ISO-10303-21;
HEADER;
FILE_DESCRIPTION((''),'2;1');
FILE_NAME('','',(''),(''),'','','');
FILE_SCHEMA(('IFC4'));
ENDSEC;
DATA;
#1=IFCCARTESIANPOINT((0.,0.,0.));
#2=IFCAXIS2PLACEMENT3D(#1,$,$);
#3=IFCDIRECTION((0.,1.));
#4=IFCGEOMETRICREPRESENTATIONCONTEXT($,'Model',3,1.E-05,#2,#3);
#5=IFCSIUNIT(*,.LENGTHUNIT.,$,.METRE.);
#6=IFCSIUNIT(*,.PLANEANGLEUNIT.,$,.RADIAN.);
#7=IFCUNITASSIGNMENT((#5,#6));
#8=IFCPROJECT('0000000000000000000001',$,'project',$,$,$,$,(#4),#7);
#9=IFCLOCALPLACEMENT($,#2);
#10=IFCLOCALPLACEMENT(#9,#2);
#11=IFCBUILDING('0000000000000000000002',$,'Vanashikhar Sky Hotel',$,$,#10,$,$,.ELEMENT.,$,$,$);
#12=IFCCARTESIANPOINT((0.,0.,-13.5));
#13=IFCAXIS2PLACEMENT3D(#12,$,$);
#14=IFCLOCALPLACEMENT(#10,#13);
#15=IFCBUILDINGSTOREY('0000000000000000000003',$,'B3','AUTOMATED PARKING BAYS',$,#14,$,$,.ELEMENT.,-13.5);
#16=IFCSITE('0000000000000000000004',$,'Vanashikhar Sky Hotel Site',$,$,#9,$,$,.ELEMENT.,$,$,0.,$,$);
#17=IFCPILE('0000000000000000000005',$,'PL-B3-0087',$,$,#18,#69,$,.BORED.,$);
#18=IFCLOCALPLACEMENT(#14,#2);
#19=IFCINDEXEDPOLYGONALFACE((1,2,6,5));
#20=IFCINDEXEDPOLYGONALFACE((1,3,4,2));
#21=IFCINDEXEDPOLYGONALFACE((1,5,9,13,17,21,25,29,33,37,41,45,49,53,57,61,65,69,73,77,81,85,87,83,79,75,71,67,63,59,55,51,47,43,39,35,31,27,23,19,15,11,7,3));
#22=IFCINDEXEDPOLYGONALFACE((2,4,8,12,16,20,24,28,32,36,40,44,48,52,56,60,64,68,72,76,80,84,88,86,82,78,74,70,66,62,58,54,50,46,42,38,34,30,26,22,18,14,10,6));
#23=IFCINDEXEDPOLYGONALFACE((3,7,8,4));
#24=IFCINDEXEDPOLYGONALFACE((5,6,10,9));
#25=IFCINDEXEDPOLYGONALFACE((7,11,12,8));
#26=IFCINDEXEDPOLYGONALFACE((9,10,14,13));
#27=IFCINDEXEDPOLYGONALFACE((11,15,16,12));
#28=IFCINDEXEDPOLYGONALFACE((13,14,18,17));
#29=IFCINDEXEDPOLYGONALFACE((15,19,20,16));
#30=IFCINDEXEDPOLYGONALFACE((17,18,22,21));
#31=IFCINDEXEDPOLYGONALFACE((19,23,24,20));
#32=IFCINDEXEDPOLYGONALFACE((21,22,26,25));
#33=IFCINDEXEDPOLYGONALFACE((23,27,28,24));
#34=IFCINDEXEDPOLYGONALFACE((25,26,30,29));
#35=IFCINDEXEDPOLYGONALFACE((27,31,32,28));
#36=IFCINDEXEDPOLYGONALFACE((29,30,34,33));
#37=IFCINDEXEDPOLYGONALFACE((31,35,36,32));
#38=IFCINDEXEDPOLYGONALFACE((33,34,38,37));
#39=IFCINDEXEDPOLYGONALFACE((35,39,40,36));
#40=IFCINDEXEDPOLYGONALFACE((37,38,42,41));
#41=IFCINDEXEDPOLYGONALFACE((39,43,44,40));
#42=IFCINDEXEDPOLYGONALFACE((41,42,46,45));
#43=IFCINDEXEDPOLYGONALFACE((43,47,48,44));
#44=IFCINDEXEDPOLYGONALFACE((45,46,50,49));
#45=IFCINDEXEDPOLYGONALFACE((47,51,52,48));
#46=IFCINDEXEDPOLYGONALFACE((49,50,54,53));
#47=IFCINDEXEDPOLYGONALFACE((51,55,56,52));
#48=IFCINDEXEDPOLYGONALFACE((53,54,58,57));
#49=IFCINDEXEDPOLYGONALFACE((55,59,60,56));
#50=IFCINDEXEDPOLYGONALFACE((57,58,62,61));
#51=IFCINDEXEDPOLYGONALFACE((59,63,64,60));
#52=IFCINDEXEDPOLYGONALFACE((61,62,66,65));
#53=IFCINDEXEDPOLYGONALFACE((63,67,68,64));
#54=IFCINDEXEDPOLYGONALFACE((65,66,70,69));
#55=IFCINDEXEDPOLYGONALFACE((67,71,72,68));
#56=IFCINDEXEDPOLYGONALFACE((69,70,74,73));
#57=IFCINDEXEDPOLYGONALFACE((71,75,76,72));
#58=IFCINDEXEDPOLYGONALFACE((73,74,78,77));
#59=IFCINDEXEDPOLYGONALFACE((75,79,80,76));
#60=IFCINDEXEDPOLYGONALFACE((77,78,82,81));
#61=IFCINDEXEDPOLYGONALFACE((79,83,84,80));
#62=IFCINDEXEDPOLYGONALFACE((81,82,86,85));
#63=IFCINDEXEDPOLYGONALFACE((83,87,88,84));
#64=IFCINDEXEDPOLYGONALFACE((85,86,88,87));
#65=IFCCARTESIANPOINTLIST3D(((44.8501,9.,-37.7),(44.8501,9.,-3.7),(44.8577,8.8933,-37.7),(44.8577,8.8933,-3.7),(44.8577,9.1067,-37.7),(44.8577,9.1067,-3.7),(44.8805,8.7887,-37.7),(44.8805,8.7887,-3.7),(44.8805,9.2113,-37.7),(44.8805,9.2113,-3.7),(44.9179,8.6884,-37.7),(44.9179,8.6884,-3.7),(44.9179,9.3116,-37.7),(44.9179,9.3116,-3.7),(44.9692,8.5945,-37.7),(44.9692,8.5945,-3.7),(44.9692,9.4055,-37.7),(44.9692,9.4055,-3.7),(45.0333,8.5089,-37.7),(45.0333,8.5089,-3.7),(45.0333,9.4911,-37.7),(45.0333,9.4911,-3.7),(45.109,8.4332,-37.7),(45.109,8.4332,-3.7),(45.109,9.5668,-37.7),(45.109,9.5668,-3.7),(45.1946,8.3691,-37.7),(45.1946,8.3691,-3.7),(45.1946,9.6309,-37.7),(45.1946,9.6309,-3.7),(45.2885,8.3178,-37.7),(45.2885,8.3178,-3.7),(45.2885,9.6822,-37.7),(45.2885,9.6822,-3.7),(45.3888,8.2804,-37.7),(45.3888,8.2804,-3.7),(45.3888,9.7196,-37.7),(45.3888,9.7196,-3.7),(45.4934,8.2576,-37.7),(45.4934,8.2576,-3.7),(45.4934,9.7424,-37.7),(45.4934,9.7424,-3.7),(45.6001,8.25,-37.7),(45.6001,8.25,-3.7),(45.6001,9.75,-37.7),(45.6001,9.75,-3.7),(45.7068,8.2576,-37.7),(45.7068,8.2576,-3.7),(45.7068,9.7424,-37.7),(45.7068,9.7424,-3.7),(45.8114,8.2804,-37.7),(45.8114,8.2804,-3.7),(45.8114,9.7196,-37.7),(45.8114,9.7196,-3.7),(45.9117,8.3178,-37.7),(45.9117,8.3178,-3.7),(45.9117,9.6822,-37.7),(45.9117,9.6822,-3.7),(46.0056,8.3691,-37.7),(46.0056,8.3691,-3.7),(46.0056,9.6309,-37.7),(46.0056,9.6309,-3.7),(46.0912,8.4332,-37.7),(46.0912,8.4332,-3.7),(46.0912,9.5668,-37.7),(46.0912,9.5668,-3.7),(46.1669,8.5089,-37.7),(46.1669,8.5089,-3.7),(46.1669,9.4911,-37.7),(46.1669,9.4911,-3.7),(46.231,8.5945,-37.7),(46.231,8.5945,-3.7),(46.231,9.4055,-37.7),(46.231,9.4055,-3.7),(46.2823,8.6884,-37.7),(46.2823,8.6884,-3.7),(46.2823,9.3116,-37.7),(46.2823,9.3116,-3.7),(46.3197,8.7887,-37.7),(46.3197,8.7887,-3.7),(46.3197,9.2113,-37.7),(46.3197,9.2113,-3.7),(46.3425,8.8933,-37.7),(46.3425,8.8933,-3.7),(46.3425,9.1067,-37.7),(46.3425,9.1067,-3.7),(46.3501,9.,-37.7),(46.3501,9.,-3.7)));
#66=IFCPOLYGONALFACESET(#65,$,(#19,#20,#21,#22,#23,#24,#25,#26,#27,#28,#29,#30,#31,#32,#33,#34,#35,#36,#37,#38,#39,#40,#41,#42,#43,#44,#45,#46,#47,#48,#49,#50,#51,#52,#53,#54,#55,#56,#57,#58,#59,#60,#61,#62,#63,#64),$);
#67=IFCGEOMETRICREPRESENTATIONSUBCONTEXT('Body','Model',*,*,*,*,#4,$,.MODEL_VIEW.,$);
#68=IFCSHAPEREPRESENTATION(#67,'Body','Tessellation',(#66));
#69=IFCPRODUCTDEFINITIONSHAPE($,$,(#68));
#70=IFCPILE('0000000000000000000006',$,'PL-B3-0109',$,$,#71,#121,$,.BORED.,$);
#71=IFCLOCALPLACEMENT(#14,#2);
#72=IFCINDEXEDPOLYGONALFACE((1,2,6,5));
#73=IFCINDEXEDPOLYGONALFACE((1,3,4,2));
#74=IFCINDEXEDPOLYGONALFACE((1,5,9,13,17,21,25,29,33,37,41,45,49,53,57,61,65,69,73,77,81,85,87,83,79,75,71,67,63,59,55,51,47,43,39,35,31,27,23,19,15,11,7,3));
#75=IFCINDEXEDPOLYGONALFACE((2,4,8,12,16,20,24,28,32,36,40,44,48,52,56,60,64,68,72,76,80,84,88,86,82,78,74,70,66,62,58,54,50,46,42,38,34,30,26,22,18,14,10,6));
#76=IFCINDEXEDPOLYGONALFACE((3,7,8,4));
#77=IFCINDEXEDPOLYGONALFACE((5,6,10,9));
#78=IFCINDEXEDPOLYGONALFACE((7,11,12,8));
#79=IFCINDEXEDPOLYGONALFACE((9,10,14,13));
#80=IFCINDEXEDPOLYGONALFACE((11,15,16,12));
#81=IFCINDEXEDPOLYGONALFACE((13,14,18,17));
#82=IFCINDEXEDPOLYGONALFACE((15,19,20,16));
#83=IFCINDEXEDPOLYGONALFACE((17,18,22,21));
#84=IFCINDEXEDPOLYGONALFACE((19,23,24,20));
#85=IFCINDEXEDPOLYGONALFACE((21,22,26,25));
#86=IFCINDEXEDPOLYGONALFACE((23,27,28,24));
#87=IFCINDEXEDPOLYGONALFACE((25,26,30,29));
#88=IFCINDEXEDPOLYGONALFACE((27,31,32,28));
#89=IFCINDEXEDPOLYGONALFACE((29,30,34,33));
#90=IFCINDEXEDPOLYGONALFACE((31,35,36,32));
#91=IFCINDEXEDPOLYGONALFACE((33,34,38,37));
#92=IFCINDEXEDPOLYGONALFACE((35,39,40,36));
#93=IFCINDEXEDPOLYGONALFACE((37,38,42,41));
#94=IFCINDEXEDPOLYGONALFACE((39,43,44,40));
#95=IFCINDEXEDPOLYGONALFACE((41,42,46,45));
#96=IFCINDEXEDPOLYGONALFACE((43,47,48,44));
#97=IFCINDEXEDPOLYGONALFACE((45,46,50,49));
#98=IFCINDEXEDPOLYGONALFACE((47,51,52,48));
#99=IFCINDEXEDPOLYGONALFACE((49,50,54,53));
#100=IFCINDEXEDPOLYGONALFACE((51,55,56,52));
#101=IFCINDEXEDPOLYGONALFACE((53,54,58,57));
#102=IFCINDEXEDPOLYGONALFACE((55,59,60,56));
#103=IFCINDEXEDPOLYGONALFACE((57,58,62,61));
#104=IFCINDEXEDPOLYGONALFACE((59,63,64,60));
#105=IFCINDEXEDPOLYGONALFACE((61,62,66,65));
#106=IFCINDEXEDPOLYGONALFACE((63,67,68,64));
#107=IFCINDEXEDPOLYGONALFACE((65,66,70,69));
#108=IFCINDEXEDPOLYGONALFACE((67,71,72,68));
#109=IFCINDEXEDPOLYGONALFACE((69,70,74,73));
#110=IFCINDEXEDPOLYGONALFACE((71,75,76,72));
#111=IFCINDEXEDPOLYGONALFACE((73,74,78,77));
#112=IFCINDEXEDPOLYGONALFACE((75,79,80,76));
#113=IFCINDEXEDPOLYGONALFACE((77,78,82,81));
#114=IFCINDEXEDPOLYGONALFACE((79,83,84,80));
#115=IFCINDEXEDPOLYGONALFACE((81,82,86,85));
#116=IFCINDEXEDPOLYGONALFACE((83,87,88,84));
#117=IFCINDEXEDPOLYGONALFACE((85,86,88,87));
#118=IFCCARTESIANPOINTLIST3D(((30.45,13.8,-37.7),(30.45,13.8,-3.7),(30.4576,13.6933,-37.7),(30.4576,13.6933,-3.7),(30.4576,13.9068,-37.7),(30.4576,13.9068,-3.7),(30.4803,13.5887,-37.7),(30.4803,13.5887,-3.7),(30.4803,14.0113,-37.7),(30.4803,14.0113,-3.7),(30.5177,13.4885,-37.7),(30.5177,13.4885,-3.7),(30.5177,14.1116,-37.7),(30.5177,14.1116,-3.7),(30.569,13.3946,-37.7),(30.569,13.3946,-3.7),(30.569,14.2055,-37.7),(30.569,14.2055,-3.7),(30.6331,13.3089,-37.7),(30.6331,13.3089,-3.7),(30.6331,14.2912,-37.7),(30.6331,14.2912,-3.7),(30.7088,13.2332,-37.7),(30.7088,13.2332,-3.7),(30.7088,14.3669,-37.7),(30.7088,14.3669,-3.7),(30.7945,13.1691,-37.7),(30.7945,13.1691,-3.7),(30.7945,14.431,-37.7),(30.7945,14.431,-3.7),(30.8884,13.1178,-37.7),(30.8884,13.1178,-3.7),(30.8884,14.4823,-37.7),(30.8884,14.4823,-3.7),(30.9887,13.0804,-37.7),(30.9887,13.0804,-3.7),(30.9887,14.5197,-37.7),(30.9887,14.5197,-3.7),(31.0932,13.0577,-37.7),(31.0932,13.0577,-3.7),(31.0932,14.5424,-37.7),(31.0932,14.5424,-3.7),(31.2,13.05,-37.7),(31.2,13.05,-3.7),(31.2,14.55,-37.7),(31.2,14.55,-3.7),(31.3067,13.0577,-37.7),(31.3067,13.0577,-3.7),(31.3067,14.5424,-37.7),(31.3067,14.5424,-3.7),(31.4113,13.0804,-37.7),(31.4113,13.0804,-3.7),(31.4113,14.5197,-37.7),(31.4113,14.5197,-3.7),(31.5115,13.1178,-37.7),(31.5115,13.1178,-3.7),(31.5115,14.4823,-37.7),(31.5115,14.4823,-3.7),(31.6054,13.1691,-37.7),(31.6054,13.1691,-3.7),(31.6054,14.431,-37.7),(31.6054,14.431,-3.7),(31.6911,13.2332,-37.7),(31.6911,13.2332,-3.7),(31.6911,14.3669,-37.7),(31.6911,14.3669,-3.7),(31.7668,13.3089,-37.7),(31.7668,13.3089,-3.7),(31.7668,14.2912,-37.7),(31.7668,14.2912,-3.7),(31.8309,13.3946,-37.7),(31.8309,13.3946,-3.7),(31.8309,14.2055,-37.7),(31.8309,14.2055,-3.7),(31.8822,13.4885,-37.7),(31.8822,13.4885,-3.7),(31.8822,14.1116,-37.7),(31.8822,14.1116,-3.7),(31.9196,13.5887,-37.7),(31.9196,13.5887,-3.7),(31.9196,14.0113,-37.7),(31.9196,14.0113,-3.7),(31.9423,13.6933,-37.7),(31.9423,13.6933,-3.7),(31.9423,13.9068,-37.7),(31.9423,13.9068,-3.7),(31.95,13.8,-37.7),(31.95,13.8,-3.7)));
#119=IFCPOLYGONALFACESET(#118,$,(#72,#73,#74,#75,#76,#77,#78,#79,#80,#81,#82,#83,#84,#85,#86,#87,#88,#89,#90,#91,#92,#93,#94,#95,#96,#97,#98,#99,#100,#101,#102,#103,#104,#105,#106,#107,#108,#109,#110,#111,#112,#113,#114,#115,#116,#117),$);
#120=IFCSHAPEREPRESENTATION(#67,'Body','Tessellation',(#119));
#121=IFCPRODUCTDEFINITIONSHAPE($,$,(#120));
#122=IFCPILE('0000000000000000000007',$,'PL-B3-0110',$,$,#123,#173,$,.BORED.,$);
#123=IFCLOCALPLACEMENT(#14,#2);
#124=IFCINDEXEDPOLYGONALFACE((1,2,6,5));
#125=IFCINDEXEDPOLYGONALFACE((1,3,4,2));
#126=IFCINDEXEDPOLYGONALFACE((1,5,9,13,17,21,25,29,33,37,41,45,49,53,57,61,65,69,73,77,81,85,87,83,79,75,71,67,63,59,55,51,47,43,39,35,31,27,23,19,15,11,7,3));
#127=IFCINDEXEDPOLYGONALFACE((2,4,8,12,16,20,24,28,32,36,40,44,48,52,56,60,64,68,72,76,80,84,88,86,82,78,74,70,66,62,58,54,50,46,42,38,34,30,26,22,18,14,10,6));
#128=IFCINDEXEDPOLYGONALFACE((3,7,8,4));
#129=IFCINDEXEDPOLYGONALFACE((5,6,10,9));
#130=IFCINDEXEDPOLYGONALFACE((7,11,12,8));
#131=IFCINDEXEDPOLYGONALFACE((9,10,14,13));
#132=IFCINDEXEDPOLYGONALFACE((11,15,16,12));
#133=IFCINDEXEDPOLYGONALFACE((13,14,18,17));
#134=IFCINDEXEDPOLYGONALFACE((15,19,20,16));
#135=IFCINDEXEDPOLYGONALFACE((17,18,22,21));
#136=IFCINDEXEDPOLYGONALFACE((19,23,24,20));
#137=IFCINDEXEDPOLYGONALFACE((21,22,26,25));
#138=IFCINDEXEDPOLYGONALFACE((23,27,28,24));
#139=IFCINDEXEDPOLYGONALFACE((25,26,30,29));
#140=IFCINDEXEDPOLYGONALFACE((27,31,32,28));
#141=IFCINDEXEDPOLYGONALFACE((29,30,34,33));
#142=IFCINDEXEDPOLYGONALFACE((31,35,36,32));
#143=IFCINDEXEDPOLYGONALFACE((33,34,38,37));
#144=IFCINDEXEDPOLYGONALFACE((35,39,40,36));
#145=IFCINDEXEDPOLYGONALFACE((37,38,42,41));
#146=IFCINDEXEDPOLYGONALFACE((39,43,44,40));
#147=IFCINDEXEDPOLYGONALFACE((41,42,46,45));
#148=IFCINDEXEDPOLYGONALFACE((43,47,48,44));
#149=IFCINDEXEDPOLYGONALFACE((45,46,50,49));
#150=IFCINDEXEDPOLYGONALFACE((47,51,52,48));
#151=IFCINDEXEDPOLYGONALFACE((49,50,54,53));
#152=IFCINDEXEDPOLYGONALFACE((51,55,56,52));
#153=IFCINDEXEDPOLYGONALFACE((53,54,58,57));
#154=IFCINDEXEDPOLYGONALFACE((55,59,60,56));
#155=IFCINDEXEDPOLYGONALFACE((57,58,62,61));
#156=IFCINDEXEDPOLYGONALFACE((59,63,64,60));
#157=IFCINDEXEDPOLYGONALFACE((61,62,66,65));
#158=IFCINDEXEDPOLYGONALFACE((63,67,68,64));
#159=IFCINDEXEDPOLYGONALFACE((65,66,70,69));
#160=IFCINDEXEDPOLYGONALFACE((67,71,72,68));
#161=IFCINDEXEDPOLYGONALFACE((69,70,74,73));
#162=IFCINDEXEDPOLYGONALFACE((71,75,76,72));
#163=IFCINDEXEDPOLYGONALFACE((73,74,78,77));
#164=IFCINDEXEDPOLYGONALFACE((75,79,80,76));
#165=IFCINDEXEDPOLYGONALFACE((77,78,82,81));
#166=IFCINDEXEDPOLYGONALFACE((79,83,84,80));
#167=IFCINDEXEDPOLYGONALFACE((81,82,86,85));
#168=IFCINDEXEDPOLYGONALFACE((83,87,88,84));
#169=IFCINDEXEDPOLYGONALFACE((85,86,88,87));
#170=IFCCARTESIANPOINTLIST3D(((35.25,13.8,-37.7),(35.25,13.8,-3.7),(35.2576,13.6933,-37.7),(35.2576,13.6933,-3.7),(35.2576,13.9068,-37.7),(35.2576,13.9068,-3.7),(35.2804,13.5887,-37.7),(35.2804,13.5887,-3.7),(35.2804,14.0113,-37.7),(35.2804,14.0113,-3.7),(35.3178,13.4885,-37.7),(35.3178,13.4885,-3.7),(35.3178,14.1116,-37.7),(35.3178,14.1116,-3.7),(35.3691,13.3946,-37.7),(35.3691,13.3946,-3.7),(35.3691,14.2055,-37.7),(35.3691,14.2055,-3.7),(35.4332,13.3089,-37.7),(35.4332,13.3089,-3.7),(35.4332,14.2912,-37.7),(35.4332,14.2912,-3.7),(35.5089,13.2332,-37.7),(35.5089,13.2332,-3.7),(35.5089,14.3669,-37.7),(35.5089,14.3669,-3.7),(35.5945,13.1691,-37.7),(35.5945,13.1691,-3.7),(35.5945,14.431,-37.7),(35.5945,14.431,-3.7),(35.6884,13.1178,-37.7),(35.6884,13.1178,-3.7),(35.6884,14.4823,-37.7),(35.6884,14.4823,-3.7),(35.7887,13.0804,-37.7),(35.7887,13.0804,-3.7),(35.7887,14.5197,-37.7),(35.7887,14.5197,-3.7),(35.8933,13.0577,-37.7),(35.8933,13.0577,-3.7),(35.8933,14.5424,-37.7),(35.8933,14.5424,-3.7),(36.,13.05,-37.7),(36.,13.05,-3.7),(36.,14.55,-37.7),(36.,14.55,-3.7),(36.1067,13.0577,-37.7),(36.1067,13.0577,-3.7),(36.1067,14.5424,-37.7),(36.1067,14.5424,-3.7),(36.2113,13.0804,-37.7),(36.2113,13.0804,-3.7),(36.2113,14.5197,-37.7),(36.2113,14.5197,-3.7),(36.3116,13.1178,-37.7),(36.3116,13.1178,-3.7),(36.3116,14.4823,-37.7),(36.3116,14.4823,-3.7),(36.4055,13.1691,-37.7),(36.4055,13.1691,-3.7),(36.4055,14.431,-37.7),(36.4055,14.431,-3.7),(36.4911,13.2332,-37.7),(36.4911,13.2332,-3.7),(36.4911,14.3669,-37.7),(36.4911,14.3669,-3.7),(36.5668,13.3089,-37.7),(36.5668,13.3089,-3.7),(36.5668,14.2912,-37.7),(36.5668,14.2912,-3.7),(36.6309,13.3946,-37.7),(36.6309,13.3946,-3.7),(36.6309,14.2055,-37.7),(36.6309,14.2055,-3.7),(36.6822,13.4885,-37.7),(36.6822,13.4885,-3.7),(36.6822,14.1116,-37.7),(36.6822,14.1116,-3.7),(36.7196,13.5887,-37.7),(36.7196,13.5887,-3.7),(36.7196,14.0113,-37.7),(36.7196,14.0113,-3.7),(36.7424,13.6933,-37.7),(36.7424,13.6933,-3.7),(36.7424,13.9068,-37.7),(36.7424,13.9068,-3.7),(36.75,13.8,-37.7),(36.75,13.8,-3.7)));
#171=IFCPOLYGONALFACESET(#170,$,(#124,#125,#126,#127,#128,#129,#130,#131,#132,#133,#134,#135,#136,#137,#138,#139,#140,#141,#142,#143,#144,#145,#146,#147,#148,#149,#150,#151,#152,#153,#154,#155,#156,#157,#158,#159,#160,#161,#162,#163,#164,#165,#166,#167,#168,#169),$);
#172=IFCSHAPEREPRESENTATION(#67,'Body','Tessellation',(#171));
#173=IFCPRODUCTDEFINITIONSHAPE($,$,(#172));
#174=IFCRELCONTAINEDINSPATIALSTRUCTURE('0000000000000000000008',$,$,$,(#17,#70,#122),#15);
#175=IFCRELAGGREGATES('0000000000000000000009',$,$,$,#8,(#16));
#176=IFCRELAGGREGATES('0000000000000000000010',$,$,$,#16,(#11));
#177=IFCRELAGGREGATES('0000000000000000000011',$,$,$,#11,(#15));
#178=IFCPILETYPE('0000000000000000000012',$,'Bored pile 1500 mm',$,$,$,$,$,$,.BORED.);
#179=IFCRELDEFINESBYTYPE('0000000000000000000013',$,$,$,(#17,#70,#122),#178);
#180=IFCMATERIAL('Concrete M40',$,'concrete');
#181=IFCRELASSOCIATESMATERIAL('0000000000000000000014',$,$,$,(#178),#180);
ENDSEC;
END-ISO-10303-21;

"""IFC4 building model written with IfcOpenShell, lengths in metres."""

from ifc_helpers import new_model, si_unit, direction, frame, origin, origin_2d, place, context, subcontext, project, spatial, circle, extrude, source, transform, mapped, material, type_object, element, save


model = new_model("IFC4")

# Units and contexts
model_context = context("Model", 3, precision=1e-05, world=origin(), true_north=direction((0.0, 1.0)))
body_context = subcontext(model_context, "Body", "Model", "MODEL_VIEW")
ifc_project = project(units=[si_unit("LENGTHUNIT", "METRE"), si_unit("PLANEANGLEUNIT", "RADIAN")], contexts=[model_context])

# Site, building, storey
site_placement = place(None, origin())
site = spatial("IfcSite", under=ifc_project, at=site_placement, Name="Vanashikhar Sky Hotel Site", CompositionType="ELEMENT", RefElevation=0.0)
building_placement = place(site_placement, origin())
building = spatial("IfcBuilding", under=site, at=building_placement, Name="Vanashikhar Sky Hotel", CompositionType="ELEMENT")
storey_placement = place(building_placement, frame((0.0, 0.0, -13.5)))
storey = spatial("IfcBuildingStorey", under=building, at=storey_placement, Name="B3", Description="AUTOMATED PARKING BAYS", CompositionType="ELEMENT", Elevation=-13.5)

# Piles
ifc_material_1 = material(Name="Concrete M40", Category="concrete")
pile_type = type_object("IfcPileType", Name="Bored pile 1500 mm", PredefinedType="BORED", material=ifc_material_1)
shared_shape_1 = source(origin(), body_context, "Body", "SweptSolid", [
    extrude(circle(Radius=0.75, at=origin_2d()), origin(), (0.0, 0.0, 1.0), 34.0),
])
for number, where, z_axis, x_axis, name in (
    (1, (45.6001, 9.0, -3.7), (0.0, 0.0, -1.0), (1.0, 0.0, 0.0), "PL-B3-0087"),
    (2, (31.2, 13.8, -3.7), (0.0, 0.0, -1.0), (1.0, 0.0, 0.0), "PL-B3-0109"),
    (3, (36.0, 13.8, -3.7), (0.0, 0.0, -1.0), (1.0, 0.0, 0.0), "PL-B3-0110"),
):
    element("IfcPile", number, at=place(storey_placement, frame(where, z_axis=z_axis, x_axis=x_axis)), inside=storey, type_object=pile_type, Name=name, PredefinedType="BORED", context=body_context, shape_type="MappedRepresentation", body=[
        mapped(shared_shape_1, transform((0.0, 0.0, 0.0), scale=1.0)),
    ])

save(model, "model.ifc")
